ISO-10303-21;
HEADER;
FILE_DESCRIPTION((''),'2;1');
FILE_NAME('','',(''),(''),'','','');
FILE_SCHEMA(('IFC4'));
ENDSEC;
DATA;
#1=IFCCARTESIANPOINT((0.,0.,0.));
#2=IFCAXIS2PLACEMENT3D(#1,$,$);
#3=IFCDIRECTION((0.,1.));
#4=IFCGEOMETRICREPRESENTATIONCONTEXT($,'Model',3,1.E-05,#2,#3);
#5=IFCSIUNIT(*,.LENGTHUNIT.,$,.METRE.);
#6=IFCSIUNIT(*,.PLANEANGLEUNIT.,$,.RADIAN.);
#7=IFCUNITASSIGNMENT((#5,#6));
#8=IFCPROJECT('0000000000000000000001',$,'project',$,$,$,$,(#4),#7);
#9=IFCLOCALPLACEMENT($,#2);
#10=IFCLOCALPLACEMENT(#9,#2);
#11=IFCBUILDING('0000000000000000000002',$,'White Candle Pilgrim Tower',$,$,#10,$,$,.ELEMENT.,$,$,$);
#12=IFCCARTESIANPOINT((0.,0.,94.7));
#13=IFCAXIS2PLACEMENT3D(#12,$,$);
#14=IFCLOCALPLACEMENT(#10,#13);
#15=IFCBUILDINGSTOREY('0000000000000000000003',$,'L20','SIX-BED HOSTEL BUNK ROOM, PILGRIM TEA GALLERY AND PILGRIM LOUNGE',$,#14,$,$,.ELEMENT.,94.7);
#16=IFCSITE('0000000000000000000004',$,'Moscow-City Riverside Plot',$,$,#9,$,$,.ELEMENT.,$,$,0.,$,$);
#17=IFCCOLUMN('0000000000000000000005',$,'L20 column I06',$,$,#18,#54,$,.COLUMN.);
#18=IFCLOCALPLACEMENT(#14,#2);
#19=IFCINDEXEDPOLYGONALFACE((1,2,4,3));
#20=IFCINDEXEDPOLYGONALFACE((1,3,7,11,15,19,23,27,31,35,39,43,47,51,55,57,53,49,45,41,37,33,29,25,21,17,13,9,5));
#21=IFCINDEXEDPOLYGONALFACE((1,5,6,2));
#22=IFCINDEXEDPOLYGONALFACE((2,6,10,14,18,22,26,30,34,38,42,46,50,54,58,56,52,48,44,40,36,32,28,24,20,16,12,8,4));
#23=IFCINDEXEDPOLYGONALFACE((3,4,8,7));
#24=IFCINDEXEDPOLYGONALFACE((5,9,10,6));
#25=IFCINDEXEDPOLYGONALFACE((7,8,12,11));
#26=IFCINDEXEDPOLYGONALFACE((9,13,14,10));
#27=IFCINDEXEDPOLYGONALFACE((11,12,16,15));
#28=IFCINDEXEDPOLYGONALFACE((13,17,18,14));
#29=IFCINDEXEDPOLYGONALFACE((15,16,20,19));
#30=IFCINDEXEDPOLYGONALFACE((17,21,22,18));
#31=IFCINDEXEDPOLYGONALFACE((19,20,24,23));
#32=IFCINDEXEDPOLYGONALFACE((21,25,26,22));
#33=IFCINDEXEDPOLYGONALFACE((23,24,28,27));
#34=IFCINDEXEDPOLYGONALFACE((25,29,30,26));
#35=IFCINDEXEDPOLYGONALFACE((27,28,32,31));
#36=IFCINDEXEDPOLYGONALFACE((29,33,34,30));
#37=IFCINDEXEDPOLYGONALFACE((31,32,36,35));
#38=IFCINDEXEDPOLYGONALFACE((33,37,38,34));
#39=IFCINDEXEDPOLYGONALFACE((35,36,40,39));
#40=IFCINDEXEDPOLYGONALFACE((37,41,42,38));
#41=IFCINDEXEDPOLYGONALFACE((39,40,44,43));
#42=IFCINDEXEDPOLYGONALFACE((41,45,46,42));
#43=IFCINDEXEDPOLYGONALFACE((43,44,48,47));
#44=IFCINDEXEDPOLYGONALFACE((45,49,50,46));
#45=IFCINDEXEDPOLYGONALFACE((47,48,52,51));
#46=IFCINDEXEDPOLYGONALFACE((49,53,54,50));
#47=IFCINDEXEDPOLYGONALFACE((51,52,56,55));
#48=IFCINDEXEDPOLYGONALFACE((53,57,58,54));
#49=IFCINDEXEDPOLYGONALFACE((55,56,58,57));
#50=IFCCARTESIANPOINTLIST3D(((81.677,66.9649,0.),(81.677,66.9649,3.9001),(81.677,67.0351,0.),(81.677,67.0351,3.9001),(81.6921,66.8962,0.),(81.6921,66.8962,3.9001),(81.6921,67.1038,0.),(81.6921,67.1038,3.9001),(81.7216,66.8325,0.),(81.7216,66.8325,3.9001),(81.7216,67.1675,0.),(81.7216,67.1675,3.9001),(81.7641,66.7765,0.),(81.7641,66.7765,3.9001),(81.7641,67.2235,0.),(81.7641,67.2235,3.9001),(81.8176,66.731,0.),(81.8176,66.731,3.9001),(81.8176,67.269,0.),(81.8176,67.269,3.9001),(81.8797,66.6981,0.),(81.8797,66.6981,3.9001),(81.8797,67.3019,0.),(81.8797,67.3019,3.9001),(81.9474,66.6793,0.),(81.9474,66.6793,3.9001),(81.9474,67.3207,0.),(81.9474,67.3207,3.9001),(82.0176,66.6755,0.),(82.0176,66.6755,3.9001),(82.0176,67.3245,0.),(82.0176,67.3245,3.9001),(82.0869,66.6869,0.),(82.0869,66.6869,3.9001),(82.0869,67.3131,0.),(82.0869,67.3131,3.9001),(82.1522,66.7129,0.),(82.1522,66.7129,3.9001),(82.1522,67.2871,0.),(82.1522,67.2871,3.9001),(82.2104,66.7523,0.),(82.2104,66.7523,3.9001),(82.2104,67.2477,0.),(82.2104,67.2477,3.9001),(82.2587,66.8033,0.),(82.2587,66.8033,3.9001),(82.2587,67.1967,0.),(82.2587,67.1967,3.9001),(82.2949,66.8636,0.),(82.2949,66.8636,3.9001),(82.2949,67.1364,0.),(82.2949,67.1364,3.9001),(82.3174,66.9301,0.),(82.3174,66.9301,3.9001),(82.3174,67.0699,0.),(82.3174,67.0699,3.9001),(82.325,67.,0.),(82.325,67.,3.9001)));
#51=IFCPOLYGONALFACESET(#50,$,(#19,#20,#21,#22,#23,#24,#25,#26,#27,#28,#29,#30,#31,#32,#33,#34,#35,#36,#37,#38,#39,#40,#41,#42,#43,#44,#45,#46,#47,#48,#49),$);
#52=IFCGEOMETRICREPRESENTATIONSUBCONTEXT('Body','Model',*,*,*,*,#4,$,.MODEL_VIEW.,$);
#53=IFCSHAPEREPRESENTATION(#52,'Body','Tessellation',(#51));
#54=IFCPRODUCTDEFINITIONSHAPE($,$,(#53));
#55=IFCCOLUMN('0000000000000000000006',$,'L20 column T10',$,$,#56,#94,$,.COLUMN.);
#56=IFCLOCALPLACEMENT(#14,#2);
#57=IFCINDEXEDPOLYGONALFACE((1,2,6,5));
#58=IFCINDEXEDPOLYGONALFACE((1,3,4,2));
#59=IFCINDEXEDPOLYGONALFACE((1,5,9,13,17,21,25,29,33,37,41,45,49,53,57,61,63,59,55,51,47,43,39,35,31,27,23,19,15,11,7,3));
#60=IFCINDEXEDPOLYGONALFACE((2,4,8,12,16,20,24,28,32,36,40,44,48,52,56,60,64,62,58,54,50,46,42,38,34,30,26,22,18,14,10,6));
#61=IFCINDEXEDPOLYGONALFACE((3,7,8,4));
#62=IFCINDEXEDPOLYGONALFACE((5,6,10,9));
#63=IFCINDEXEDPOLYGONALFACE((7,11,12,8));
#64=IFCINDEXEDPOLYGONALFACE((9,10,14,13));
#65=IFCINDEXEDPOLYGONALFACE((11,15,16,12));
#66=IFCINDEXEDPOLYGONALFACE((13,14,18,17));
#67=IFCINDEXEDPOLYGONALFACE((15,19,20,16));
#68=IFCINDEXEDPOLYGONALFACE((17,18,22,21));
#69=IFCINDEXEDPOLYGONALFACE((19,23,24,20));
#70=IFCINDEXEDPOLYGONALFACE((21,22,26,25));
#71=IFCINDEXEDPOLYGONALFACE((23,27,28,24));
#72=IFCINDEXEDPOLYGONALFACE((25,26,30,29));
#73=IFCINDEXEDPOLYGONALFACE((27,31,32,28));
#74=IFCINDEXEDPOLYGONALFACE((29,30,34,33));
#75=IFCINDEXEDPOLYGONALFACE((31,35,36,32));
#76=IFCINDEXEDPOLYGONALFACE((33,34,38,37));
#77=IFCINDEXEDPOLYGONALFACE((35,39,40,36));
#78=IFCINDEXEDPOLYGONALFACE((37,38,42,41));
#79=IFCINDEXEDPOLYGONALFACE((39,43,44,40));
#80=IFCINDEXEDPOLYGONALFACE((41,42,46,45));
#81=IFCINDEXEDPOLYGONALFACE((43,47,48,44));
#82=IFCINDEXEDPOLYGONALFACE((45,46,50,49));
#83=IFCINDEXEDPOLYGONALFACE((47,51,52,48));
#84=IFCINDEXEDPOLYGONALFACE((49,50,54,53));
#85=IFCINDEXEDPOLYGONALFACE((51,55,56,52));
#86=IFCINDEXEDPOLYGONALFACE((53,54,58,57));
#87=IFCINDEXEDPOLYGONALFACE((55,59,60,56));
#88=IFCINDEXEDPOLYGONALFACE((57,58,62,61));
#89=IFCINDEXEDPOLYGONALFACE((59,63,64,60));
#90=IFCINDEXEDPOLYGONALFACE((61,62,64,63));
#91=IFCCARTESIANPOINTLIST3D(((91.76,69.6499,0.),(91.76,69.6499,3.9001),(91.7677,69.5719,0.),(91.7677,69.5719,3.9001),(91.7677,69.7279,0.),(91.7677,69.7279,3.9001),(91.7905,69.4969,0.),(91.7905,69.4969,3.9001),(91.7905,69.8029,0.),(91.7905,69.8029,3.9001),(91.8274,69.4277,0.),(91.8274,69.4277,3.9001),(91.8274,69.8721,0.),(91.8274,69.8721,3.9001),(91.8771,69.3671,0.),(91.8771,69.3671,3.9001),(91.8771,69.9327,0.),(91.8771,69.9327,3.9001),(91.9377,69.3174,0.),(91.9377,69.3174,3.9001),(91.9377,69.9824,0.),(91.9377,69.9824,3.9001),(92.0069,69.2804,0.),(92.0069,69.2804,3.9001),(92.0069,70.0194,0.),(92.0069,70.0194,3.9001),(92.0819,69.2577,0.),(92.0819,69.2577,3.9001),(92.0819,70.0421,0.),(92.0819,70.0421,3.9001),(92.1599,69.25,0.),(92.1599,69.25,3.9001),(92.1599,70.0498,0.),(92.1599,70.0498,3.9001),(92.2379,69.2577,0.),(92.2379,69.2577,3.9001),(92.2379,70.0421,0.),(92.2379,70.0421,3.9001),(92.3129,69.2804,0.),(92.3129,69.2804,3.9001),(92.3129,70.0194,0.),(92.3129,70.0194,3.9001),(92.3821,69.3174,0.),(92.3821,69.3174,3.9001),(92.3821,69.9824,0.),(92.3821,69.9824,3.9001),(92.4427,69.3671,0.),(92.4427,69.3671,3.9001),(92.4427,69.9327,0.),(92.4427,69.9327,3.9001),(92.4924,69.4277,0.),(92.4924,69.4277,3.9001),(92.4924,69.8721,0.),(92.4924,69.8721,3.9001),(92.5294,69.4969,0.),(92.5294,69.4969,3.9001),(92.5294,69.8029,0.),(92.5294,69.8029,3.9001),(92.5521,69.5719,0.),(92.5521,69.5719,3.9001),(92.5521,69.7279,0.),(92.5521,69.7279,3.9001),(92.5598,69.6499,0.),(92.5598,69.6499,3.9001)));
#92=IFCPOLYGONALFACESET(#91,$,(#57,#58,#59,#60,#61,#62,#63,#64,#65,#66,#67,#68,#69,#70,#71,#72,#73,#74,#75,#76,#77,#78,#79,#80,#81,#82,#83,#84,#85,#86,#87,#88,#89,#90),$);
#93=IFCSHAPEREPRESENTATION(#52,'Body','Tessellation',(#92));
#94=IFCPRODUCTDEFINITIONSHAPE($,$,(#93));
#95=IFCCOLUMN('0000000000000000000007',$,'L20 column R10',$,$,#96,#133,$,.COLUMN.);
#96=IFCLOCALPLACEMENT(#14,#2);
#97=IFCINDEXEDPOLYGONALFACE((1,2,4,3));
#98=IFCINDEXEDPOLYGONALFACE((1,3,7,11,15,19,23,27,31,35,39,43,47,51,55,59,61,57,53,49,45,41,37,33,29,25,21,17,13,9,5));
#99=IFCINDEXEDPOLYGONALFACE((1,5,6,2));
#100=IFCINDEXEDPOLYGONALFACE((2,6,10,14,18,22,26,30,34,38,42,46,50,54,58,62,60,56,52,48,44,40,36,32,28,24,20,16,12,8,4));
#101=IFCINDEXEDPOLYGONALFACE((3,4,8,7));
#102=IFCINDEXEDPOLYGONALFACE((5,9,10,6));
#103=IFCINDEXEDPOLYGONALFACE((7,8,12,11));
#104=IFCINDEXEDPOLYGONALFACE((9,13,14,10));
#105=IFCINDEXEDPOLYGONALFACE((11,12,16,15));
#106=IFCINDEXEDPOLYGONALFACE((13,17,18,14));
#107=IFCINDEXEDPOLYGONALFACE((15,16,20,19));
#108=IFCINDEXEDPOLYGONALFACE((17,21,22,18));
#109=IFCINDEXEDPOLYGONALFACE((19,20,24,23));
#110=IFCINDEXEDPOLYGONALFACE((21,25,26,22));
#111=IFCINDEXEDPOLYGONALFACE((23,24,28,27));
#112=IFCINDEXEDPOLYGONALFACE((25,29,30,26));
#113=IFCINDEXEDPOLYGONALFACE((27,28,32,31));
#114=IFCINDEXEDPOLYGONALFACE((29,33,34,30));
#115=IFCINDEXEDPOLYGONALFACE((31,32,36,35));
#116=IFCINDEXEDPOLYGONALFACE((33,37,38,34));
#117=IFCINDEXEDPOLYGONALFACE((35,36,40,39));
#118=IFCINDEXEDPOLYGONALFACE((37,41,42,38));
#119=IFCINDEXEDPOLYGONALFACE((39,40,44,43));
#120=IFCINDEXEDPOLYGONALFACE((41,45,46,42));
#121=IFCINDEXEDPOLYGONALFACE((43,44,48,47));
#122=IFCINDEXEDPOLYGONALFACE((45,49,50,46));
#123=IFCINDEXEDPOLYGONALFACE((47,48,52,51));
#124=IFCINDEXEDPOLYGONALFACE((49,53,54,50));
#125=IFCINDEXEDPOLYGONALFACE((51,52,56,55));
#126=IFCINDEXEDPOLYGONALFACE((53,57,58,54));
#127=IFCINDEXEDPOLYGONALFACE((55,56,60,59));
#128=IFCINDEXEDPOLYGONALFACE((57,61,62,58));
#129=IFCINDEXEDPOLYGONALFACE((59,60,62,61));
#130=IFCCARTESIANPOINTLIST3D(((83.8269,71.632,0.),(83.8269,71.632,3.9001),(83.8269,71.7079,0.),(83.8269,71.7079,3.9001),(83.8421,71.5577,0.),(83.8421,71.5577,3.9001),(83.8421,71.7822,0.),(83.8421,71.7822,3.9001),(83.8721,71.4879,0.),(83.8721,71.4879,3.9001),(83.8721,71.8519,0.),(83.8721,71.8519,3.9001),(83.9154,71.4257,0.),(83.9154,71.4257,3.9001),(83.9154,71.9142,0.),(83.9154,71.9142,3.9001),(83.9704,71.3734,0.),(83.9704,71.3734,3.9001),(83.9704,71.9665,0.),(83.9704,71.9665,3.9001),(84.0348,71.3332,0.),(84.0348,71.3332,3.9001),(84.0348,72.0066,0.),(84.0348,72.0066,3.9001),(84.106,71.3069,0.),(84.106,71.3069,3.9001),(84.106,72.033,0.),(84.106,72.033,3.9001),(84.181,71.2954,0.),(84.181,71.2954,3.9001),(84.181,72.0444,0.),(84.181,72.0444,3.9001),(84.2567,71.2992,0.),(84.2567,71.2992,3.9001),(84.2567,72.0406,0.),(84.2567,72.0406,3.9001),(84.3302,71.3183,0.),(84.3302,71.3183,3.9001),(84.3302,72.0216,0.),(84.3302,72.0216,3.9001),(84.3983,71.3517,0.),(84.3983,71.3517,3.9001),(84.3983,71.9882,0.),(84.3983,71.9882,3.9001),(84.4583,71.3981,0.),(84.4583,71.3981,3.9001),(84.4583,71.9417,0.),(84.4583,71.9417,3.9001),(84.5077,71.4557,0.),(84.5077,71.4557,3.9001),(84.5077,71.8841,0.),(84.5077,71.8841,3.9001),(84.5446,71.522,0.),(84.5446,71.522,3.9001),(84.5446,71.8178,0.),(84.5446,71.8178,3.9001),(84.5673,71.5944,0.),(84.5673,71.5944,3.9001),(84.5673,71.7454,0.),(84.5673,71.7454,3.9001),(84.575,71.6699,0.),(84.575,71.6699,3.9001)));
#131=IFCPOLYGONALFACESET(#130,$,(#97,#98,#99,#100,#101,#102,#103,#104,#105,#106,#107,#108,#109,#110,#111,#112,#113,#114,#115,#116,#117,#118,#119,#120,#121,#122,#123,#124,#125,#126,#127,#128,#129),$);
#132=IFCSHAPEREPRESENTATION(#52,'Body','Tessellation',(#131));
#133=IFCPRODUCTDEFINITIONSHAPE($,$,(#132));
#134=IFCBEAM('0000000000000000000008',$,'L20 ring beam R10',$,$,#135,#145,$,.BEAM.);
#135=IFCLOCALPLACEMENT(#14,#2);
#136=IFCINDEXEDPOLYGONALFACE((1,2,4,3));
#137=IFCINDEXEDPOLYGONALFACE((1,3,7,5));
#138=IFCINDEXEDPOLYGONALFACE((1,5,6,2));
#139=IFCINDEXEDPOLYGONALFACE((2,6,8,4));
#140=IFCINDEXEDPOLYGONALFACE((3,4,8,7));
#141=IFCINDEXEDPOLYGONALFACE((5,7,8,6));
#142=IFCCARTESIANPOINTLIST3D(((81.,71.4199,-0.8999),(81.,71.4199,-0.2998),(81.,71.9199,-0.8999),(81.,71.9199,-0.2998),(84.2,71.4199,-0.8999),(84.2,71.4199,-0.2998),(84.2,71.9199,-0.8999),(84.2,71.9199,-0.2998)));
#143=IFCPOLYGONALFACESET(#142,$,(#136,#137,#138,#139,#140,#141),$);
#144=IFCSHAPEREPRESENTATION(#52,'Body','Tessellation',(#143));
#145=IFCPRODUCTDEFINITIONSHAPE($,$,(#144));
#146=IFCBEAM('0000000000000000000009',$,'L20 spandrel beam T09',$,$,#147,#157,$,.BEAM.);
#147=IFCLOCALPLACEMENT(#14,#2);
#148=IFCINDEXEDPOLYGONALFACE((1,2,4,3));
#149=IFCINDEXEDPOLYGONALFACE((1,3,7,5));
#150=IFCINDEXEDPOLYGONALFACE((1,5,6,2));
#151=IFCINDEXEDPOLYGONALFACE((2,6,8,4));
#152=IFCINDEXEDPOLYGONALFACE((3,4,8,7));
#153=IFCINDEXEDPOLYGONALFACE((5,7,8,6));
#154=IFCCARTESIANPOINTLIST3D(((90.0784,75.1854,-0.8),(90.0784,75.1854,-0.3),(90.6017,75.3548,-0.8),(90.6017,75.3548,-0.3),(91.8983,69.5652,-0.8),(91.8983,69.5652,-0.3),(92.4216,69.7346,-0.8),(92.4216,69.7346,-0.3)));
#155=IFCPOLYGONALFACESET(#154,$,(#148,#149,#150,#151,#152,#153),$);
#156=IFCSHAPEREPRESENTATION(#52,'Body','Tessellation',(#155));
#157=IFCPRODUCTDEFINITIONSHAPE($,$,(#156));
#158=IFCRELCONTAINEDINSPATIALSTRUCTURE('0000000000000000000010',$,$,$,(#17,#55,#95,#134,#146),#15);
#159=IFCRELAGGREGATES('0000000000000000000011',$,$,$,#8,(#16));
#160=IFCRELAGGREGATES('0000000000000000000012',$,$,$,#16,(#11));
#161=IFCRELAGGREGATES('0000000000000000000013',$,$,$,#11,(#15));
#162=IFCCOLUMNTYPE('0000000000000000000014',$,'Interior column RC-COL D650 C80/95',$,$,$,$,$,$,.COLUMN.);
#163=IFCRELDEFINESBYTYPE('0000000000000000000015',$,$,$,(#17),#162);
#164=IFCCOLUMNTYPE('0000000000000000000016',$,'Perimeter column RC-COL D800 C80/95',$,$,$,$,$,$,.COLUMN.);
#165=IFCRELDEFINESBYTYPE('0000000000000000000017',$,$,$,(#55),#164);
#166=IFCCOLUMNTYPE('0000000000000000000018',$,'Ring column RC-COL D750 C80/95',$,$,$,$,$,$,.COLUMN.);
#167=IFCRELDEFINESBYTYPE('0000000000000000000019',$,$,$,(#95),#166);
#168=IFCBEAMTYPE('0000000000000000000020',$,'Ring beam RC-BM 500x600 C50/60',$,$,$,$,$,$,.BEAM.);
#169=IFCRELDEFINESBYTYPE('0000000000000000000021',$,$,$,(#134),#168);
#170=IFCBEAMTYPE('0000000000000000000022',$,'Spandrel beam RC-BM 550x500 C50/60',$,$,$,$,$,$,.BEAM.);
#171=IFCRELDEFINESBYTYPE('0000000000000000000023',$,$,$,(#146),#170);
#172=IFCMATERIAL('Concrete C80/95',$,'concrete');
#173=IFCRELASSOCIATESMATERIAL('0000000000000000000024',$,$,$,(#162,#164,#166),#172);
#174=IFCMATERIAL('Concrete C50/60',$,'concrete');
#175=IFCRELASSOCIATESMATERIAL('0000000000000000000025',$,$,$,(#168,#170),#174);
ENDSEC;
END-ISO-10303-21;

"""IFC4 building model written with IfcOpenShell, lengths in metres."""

from ifc_helpers import new_model, si_unit, direction, frame, origin, origin_2d, place, context, subcontext, project, spatial, rectangle, circle, extrude, material, material_profile, profile_set, type_object, element, save


model = new_model("IFC4")

# Units and contexts
model_context = context("Model", 3, precision=1e-05, world=origin(), true_north=direction((0.0, 1.0)))
body_context = subcontext(model_context, "Body", "Model", "MODEL_VIEW")
ifc_project = project(units=[si_unit("LENGTHUNIT", "METRE"), si_unit("PLANEANGLEUNIT", "RADIAN")], contexts=[model_context])

# Site, building, storey
site_placement = place(None, origin())
site = spatial("IfcSite", under=ifc_project, at=site_placement, Name="Moscow-City Riverside Plot", CompositionType="ELEMENT", RefElevation=0.0)
building_placement = place(site_placement, origin())
building = spatial("IfcBuilding", under=site, at=building_placement, Name="White Candle Pilgrim Tower", CompositionType="ELEMENT")
storey_placement = place(building_placement, frame((0.0, 0.0, 94.7)))
storey = spatial("IfcBuildingStorey", under=building, at=storey_placement, Name="L20", Description="SIX-BED HOSTEL BUNK ROOM, PILGRIM TEA GALLERY AND PILGRIM LOUNGE", CompositionType="ELEMENT", Elevation=94.7)

# Columns
ifc_material_1 = material(Name="Concrete C80/95", Category="concrete")
ifc_material_profile_1 = material_profile(ifc_material_1, circle(Radius=0.325, at=origin_2d()), Name="RC-COL D650")
ifc_profile_set_1 = profile_set([ifc_material_profile_1], Name="Concrete C80/95")
column_type_1 = type_object("IfcColumnType", Name="Interior column RC-COL D650 C80/95", PredefinedType="COLUMN", material=ifc_profile_set_1)
column_1_placement = place(storey_placement, frame((82.0, 67.0, 0.0), z_axis=(0.0, 0.0, 1.0), x_axis=(1.0, 0.0, 0.0)))
element("IfcColumn", 1, at=column_1_placement, inside=storey, type_object=column_type_1, Name="L20 column I06", PredefinedType="COLUMN", context=body_context, shape_type="SweptSolid", body=[
    extrude(circle(Radius=0.325, at=origin_2d()), origin(), (0.0, 0.0, 1.0), 3.9001),
])
ifc_material_profile_2 = material_profile(ifc_material_1, circle(Radius=0.3999, at=origin_2d()), Name="RC-COL D800")
ifc_profile_set_2 = profile_set([ifc_material_profile_2], Name="Concrete C80/95")
column_type_2 = type_object("IfcColumnType", Name="Perimeter column RC-COL D800 C80/95", PredefinedType="COLUMN", material=ifc_profile_set_2)
column_2_placement = place(storey_placement, frame((92.1599, 69.6499, 0.0), z_axis=(0.0, 0.0, 1.0), x_axis=(1.0, 0.0, 0.0)))
element("IfcColumn", 2, at=column_2_placement, inside=storey, type_object=column_type_2, Name="L20 column T10", PredefinedType="COLUMN", context=body_context, shape_type="SweptSolid", body=[
    extrude(circle(Radius=0.3999, at=origin_2d()), origin(), (0.0, 0.0, 1.0), 3.9001),
])
ifc_material_profile_3 = material_profile(ifc_material_1, circle(Radius=0.375, at=origin_2d()), Name="RC-COL D750")
ifc_profile_set_3 = profile_set([ifc_material_profile_3], Name="Concrete C80/95")
column_type_3 = type_object("IfcColumnType", Name="Ring column RC-COL D750 C80/95", PredefinedType="COLUMN", material=ifc_profile_set_3)
column_3_placement = place(storey_placement, frame((84.2, 71.6699, 0.0), z_axis=(0.0, 0.0, 1.0), x_axis=(1.0, 0.0, 0.0)))
element("IfcColumn", 3, at=column_3_placement, inside=storey, type_object=column_type_3, Name="L20 column R10", PredefinedType="COLUMN", context=body_context, shape_type="SweptSolid", body=[
    extrude(circle(Radius=0.375, at=origin_2d()), origin(), (0.0, 0.0, 1.0), 3.9001),
])

# Beams
ifc_material_2 = material(Name="Concrete C50/60", Category="concrete")
ifc_material_profile_4 = material_profile(ifc_material_2, rectangle(XDim=0.5, YDim=0.6001, at=origin_2d()), Name="RC-BM 500x600")
ifc_profile_set_4 = profile_set([ifc_material_profile_4], Name="Concrete C50/60")
beam_type_1 = type_object("IfcBeamType", Name="Ring beam RC-BM 500x600 C50/60", PredefinedType="BEAM", material=ifc_profile_set_4)
beam_1_placement = place(storey_placement, frame((84.2, 71.6699, -0.5999), z_axis=(-1.0, 0.0, 0.0), x_axis=(0.0, -1.0, 0.0)))
element("IfcBeam", 4, at=beam_1_placement, inside=storey, type_object=beam_type_1, Name="L20 ring beam R10", PredefinedType="BEAM", context=body_context, shape_type="SweptSolid", body=[
    extrude(rectangle(XDim=0.5, YDim=0.6001, at=origin_2d()), origin(), (0.0, 0.0, 1.0), 3.2),
])
ifc_material_profile_5 = material_profile(ifc_material_2, rectangle(XDim=0.55, YDim=0.5, at=origin_2d()), Name="RC-BM 550x500")
ifc_profile_set_5 = profile_set([ifc_material_profile_5], Name="Concrete C50/60")
beam_type_2 = type_object("IfcBeamType", Name="Spandrel beam RC-BM 550x500 C50/60", PredefinedType="BEAM", material=ifc_profile_set_5)
beam_2_placement = place(storey_placement, frame((92.1599, 69.6499, -0.55), z_axis=(-0.308058, 0.951368, 0.0), x_axis=(-0.951368, -0.308058, 0.0)))
element("IfcBeam", 5, at=beam_2_placement, inside=storey, type_object=beam_type_2, Name="L20 spandrel beam T09", PredefinedType="BEAM", context=body_context, shape_type="SweptSolid", body=[
    extrude(rectangle(XDim=0.55, YDim=0.5, at=origin_2d()), origin(), (0.0, 0.0, 1.0), 5.9075),
])

save(model, "model.ifc")
